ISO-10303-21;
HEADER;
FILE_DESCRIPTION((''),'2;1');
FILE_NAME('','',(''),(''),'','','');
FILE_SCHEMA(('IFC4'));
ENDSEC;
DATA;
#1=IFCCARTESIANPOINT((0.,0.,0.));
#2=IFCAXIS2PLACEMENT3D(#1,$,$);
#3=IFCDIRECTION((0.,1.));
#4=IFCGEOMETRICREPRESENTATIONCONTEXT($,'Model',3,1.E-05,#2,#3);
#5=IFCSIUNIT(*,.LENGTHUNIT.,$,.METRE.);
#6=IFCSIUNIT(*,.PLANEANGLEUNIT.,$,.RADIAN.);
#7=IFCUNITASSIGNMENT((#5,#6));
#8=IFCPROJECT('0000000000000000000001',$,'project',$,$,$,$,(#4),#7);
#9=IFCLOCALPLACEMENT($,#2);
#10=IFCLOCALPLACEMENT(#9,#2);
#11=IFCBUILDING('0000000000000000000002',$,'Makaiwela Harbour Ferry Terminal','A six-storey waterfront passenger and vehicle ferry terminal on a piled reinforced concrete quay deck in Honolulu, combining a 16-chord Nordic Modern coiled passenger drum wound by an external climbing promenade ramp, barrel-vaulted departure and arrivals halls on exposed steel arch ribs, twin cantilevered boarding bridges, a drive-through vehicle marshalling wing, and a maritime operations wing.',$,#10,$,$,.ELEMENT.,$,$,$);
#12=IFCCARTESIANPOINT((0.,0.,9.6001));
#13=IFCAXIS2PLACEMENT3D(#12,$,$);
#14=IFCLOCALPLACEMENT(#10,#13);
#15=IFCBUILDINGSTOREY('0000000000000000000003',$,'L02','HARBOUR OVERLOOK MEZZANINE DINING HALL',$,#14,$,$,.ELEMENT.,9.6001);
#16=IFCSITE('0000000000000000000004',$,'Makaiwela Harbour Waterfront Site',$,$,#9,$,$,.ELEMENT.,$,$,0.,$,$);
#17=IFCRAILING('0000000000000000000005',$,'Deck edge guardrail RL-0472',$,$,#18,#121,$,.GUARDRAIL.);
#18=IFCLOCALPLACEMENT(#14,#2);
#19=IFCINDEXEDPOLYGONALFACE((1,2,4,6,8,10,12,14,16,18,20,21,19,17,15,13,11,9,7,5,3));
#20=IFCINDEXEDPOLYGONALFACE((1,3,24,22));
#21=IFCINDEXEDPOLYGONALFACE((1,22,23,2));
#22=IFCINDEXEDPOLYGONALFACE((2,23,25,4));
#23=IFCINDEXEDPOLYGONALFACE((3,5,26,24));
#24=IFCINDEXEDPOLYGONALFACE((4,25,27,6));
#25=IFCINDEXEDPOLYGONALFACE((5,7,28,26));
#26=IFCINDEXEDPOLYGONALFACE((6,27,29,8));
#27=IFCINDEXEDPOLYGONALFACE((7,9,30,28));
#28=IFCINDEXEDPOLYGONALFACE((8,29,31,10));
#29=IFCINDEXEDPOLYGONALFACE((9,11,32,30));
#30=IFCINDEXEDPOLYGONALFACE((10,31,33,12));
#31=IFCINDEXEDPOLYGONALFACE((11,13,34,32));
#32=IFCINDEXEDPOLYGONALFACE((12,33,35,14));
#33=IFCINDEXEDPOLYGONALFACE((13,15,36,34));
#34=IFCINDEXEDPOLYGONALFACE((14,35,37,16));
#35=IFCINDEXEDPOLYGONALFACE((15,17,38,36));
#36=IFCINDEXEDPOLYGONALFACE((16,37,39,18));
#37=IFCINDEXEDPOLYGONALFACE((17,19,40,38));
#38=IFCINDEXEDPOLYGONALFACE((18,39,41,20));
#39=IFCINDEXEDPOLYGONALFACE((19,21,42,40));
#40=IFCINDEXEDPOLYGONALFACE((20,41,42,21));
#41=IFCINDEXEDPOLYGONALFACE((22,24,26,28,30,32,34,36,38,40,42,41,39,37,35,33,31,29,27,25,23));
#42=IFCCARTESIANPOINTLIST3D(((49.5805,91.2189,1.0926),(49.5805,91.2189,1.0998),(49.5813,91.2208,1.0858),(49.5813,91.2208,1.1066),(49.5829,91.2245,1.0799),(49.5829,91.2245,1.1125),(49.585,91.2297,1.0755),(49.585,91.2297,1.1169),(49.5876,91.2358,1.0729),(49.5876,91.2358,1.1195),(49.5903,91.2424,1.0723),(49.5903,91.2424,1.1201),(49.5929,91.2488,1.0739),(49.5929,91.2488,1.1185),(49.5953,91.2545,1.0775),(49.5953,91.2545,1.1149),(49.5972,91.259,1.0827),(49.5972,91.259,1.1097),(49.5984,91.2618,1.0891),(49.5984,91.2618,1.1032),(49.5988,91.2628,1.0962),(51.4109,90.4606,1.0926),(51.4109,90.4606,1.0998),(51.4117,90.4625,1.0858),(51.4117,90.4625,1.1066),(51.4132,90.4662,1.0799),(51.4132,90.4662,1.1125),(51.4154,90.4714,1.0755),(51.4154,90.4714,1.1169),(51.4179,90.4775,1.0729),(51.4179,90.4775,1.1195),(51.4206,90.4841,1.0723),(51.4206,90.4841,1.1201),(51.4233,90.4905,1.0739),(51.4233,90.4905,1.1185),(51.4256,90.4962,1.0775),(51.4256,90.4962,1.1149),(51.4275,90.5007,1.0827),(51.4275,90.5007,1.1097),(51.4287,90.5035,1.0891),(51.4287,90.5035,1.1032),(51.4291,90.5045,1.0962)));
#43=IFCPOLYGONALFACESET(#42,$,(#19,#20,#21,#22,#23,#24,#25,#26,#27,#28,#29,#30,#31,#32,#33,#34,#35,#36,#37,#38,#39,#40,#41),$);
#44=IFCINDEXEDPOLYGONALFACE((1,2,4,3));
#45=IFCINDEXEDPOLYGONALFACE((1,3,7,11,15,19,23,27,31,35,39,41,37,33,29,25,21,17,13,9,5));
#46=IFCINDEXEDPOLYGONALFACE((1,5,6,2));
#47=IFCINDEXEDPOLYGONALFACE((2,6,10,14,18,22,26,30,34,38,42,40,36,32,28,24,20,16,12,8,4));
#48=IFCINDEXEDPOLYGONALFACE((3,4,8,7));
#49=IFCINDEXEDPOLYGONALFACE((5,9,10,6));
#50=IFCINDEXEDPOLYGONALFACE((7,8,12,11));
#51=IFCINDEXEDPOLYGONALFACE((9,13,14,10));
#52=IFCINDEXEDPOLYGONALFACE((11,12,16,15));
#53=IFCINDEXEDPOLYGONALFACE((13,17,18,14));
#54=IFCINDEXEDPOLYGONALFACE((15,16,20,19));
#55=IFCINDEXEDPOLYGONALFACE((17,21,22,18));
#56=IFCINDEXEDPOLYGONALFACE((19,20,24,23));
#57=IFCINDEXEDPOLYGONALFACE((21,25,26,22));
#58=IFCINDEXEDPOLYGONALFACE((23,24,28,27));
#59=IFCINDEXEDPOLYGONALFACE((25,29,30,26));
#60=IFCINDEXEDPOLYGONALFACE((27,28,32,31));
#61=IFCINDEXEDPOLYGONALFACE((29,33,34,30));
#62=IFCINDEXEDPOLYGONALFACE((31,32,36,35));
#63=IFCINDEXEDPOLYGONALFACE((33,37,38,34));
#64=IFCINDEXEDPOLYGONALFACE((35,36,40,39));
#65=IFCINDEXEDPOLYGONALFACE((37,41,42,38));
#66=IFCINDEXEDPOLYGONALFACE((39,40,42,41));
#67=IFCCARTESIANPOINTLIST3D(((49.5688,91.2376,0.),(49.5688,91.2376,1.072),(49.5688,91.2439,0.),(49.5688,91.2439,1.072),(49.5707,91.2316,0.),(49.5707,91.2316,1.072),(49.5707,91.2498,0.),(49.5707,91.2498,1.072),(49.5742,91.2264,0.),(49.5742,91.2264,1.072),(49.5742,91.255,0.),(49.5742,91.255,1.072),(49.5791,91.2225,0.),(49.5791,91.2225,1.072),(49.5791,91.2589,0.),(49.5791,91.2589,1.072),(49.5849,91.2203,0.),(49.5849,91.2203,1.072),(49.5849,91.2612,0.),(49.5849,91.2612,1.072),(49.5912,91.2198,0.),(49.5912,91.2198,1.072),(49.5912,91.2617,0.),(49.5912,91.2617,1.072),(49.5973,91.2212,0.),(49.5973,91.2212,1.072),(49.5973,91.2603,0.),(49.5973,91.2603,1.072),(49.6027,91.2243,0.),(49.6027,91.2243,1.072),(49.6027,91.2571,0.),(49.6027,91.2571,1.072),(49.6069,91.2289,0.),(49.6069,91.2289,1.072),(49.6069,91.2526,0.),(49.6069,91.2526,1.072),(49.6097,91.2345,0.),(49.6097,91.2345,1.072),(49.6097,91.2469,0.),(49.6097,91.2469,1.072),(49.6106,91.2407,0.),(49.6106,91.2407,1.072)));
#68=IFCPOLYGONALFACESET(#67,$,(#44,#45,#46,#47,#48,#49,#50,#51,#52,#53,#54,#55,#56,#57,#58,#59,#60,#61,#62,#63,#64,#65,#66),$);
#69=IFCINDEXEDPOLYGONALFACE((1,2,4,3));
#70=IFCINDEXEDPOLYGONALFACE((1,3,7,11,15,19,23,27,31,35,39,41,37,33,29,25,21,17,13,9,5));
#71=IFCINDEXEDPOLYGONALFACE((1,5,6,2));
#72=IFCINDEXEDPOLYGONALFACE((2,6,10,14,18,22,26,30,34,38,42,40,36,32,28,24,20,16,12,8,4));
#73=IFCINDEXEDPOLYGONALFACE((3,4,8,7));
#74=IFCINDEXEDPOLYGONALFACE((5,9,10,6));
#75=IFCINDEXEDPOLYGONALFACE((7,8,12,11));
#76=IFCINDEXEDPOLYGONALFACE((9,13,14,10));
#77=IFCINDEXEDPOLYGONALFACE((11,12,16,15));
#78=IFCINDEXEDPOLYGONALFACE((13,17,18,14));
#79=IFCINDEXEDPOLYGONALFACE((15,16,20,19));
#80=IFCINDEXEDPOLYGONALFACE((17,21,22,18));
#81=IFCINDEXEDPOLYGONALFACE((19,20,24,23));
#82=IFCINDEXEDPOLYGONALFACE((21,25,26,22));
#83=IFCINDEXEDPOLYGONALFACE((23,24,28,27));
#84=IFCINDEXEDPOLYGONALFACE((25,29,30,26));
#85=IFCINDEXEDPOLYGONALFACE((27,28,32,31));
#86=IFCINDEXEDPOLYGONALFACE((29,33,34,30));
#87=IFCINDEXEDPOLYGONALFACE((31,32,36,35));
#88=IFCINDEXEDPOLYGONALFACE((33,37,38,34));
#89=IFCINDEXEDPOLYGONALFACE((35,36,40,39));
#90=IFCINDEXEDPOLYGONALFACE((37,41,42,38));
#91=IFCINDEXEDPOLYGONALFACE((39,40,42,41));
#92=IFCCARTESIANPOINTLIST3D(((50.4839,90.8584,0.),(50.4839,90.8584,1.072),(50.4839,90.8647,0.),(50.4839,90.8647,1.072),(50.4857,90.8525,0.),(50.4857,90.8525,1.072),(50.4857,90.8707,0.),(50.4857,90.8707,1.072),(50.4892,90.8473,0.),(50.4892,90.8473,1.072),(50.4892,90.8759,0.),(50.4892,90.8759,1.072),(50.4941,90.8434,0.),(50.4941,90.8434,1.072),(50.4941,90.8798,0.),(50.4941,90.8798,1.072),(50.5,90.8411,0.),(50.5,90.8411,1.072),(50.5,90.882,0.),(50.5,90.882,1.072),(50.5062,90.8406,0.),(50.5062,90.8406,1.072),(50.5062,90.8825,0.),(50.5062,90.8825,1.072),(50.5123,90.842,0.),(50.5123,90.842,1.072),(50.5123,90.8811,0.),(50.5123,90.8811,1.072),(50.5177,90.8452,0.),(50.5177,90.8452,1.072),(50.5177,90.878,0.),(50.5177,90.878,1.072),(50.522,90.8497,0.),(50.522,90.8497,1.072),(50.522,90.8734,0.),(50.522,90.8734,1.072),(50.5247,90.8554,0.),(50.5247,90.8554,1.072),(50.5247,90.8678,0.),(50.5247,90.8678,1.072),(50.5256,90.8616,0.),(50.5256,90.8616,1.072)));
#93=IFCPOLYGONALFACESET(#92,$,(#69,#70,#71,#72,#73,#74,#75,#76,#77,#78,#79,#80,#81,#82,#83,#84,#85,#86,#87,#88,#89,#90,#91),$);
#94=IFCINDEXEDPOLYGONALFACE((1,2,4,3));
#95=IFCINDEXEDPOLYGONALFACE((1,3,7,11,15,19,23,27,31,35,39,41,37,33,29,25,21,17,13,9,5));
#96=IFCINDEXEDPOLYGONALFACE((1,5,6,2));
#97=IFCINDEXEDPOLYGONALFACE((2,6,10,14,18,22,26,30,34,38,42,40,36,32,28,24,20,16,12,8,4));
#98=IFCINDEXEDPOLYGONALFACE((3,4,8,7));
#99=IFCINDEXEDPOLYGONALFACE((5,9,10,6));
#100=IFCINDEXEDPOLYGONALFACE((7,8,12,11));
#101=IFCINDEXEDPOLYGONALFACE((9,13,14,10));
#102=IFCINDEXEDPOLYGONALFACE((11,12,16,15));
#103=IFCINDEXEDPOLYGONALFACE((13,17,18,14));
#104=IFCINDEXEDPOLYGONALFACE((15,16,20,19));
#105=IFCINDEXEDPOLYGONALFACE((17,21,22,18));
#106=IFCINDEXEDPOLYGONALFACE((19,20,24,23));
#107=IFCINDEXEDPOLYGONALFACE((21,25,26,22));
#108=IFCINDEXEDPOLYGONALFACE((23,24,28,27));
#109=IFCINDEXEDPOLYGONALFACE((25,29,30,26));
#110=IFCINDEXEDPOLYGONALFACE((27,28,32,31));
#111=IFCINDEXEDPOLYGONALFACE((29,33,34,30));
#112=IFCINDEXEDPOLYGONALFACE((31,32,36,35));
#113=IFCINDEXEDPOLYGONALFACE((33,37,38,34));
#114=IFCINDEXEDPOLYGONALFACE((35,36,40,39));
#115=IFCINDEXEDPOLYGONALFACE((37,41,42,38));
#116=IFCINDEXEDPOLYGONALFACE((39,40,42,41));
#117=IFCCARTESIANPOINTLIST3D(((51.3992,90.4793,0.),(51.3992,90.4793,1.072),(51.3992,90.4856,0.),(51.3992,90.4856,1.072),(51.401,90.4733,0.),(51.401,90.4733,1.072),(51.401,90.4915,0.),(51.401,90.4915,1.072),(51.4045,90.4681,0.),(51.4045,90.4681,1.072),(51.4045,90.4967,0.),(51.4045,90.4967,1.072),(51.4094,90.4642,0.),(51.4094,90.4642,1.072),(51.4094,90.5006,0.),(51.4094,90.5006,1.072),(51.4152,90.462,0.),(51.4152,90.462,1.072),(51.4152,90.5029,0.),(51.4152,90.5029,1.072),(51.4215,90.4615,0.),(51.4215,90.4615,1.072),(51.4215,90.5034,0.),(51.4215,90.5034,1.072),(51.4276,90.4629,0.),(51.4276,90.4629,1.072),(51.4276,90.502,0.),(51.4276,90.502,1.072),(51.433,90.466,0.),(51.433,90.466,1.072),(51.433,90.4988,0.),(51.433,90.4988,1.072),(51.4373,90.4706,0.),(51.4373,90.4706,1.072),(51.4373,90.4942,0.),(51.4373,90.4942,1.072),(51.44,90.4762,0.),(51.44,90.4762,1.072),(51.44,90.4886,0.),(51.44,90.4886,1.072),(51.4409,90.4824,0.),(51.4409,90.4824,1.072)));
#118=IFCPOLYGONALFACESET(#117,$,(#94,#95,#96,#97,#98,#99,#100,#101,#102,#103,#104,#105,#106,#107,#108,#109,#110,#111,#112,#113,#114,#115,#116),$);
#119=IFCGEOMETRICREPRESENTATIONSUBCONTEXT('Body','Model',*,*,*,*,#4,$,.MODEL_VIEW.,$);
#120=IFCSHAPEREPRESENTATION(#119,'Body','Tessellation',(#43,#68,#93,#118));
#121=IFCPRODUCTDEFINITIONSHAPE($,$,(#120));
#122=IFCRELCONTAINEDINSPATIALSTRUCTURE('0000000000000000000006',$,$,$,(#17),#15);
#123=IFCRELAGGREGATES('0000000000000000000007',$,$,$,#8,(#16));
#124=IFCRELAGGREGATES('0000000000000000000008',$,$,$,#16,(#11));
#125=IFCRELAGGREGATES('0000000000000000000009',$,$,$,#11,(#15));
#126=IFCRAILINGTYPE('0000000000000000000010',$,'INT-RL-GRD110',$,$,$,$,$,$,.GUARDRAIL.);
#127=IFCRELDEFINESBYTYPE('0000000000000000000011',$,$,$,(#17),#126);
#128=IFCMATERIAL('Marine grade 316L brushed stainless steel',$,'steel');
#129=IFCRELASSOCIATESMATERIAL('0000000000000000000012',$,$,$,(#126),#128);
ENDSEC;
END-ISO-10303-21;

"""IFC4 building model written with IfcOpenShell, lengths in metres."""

from ifc_helpers import new_model, si_unit, direction, frame, origin, origin_2d, place, context, subcontext, project, spatial, circle, extrude, material, type_object, element, save


model = new_model("IFC4")

# Units and contexts
model_context = context("Model", 3, precision=1e-05, world=origin(), true_north=direction((0.0, 1.0)))
body_context = subcontext(model_context, "Body", "Model", "MODEL_VIEW")
ifc_project = project(units=[si_unit("LENGTHUNIT", "METRE"), si_unit("PLANEANGLEUNIT", "RADIAN")], contexts=[model_context])

# Site, building, storey
site_placement = place(None, origin())
site = spatial("IfcSite", under=ifc_project, at=site_placement, Name="Makaiwela Harbour Waterfront Site", CompositionType="ELEMENT", RefElevation=0.0)
building_placement = place(site_placement, origin())
building = spatial("IfcBuilding", under=site, at=building_placement, Name="Makaiwela Harbour Ferry Terminal", Description="A six-storey waterfront passenger and vehicle ferry terminal on a piled reinforced concrete quay deck in Honolulu, combining a 16-chord Nordic Modern coiled passenger drum wound by an external climbing promenade ramp, barrel-vaulted departure and arrivals halls on exposed steel arch ribs, twin cantilevered boarding bridges, a drive-through vehicle marshalling wing, and a maritime operations wing.", CompositionType="ELEMENT")
storey_placement = place(building_placement, frame((0.0, 0.0, 9.6001)))
storey = spatial("IfcBuildingStorey", under=building, at=storey_placement, Name="L02", Description="HARBOUR OVERLOOK MEZZANINE DINING HALL", CompositionType="ELEMENT", Elevation=9.6001)

# Railing
ifc_material_1 = material(Name="Marine grade 316L brushed stainless steel", Category="steel")
railing_type_1 = type_object("IfcRailingType", Name="INT-RL-GRD110", PredefinedType="GUARDRAIL", material=ifc_material_1)
railing_1_placement = place(storey_placement, frame((49.5896, 91.2407, 0.0)))
element("IfcRailing", 1, at=railing_1_placement, inside=storey, type_object=railing_type_1, Name="Deck edge guardrail RL-0472", PredefinedType="GUARDRAIL", context=body_context, shape_type="SweptSolid", body=[
    extrude(circle(Radius=0.0239, at=origin_2d()), frame((0.0, 0.0, 1.0962), z_axis=(0.923852, -0.382751, 0.0), x_axis=(0.382751, 0.923852, 0.0)), (0.0, 0.0, 1.0), 1.9812),
    extrude(circle(Radius=0.021, at=origin_2d()), origin(), (0.0, 0.0, 1.0), 1.072),
    extrude(circle(Radius=0.021, at=origin_2d()), frame((0.915, -0.3792, 0.0)), (0.0, 0.0, 1.0), 1.072),
    extrude(circle(Radius=0.021, at=origin_2d()), frame((1.8303, -0.7583, 0.0)), (0.0, 0.0, 1.0), 1.072),
])

save(model, "model.ifc")
